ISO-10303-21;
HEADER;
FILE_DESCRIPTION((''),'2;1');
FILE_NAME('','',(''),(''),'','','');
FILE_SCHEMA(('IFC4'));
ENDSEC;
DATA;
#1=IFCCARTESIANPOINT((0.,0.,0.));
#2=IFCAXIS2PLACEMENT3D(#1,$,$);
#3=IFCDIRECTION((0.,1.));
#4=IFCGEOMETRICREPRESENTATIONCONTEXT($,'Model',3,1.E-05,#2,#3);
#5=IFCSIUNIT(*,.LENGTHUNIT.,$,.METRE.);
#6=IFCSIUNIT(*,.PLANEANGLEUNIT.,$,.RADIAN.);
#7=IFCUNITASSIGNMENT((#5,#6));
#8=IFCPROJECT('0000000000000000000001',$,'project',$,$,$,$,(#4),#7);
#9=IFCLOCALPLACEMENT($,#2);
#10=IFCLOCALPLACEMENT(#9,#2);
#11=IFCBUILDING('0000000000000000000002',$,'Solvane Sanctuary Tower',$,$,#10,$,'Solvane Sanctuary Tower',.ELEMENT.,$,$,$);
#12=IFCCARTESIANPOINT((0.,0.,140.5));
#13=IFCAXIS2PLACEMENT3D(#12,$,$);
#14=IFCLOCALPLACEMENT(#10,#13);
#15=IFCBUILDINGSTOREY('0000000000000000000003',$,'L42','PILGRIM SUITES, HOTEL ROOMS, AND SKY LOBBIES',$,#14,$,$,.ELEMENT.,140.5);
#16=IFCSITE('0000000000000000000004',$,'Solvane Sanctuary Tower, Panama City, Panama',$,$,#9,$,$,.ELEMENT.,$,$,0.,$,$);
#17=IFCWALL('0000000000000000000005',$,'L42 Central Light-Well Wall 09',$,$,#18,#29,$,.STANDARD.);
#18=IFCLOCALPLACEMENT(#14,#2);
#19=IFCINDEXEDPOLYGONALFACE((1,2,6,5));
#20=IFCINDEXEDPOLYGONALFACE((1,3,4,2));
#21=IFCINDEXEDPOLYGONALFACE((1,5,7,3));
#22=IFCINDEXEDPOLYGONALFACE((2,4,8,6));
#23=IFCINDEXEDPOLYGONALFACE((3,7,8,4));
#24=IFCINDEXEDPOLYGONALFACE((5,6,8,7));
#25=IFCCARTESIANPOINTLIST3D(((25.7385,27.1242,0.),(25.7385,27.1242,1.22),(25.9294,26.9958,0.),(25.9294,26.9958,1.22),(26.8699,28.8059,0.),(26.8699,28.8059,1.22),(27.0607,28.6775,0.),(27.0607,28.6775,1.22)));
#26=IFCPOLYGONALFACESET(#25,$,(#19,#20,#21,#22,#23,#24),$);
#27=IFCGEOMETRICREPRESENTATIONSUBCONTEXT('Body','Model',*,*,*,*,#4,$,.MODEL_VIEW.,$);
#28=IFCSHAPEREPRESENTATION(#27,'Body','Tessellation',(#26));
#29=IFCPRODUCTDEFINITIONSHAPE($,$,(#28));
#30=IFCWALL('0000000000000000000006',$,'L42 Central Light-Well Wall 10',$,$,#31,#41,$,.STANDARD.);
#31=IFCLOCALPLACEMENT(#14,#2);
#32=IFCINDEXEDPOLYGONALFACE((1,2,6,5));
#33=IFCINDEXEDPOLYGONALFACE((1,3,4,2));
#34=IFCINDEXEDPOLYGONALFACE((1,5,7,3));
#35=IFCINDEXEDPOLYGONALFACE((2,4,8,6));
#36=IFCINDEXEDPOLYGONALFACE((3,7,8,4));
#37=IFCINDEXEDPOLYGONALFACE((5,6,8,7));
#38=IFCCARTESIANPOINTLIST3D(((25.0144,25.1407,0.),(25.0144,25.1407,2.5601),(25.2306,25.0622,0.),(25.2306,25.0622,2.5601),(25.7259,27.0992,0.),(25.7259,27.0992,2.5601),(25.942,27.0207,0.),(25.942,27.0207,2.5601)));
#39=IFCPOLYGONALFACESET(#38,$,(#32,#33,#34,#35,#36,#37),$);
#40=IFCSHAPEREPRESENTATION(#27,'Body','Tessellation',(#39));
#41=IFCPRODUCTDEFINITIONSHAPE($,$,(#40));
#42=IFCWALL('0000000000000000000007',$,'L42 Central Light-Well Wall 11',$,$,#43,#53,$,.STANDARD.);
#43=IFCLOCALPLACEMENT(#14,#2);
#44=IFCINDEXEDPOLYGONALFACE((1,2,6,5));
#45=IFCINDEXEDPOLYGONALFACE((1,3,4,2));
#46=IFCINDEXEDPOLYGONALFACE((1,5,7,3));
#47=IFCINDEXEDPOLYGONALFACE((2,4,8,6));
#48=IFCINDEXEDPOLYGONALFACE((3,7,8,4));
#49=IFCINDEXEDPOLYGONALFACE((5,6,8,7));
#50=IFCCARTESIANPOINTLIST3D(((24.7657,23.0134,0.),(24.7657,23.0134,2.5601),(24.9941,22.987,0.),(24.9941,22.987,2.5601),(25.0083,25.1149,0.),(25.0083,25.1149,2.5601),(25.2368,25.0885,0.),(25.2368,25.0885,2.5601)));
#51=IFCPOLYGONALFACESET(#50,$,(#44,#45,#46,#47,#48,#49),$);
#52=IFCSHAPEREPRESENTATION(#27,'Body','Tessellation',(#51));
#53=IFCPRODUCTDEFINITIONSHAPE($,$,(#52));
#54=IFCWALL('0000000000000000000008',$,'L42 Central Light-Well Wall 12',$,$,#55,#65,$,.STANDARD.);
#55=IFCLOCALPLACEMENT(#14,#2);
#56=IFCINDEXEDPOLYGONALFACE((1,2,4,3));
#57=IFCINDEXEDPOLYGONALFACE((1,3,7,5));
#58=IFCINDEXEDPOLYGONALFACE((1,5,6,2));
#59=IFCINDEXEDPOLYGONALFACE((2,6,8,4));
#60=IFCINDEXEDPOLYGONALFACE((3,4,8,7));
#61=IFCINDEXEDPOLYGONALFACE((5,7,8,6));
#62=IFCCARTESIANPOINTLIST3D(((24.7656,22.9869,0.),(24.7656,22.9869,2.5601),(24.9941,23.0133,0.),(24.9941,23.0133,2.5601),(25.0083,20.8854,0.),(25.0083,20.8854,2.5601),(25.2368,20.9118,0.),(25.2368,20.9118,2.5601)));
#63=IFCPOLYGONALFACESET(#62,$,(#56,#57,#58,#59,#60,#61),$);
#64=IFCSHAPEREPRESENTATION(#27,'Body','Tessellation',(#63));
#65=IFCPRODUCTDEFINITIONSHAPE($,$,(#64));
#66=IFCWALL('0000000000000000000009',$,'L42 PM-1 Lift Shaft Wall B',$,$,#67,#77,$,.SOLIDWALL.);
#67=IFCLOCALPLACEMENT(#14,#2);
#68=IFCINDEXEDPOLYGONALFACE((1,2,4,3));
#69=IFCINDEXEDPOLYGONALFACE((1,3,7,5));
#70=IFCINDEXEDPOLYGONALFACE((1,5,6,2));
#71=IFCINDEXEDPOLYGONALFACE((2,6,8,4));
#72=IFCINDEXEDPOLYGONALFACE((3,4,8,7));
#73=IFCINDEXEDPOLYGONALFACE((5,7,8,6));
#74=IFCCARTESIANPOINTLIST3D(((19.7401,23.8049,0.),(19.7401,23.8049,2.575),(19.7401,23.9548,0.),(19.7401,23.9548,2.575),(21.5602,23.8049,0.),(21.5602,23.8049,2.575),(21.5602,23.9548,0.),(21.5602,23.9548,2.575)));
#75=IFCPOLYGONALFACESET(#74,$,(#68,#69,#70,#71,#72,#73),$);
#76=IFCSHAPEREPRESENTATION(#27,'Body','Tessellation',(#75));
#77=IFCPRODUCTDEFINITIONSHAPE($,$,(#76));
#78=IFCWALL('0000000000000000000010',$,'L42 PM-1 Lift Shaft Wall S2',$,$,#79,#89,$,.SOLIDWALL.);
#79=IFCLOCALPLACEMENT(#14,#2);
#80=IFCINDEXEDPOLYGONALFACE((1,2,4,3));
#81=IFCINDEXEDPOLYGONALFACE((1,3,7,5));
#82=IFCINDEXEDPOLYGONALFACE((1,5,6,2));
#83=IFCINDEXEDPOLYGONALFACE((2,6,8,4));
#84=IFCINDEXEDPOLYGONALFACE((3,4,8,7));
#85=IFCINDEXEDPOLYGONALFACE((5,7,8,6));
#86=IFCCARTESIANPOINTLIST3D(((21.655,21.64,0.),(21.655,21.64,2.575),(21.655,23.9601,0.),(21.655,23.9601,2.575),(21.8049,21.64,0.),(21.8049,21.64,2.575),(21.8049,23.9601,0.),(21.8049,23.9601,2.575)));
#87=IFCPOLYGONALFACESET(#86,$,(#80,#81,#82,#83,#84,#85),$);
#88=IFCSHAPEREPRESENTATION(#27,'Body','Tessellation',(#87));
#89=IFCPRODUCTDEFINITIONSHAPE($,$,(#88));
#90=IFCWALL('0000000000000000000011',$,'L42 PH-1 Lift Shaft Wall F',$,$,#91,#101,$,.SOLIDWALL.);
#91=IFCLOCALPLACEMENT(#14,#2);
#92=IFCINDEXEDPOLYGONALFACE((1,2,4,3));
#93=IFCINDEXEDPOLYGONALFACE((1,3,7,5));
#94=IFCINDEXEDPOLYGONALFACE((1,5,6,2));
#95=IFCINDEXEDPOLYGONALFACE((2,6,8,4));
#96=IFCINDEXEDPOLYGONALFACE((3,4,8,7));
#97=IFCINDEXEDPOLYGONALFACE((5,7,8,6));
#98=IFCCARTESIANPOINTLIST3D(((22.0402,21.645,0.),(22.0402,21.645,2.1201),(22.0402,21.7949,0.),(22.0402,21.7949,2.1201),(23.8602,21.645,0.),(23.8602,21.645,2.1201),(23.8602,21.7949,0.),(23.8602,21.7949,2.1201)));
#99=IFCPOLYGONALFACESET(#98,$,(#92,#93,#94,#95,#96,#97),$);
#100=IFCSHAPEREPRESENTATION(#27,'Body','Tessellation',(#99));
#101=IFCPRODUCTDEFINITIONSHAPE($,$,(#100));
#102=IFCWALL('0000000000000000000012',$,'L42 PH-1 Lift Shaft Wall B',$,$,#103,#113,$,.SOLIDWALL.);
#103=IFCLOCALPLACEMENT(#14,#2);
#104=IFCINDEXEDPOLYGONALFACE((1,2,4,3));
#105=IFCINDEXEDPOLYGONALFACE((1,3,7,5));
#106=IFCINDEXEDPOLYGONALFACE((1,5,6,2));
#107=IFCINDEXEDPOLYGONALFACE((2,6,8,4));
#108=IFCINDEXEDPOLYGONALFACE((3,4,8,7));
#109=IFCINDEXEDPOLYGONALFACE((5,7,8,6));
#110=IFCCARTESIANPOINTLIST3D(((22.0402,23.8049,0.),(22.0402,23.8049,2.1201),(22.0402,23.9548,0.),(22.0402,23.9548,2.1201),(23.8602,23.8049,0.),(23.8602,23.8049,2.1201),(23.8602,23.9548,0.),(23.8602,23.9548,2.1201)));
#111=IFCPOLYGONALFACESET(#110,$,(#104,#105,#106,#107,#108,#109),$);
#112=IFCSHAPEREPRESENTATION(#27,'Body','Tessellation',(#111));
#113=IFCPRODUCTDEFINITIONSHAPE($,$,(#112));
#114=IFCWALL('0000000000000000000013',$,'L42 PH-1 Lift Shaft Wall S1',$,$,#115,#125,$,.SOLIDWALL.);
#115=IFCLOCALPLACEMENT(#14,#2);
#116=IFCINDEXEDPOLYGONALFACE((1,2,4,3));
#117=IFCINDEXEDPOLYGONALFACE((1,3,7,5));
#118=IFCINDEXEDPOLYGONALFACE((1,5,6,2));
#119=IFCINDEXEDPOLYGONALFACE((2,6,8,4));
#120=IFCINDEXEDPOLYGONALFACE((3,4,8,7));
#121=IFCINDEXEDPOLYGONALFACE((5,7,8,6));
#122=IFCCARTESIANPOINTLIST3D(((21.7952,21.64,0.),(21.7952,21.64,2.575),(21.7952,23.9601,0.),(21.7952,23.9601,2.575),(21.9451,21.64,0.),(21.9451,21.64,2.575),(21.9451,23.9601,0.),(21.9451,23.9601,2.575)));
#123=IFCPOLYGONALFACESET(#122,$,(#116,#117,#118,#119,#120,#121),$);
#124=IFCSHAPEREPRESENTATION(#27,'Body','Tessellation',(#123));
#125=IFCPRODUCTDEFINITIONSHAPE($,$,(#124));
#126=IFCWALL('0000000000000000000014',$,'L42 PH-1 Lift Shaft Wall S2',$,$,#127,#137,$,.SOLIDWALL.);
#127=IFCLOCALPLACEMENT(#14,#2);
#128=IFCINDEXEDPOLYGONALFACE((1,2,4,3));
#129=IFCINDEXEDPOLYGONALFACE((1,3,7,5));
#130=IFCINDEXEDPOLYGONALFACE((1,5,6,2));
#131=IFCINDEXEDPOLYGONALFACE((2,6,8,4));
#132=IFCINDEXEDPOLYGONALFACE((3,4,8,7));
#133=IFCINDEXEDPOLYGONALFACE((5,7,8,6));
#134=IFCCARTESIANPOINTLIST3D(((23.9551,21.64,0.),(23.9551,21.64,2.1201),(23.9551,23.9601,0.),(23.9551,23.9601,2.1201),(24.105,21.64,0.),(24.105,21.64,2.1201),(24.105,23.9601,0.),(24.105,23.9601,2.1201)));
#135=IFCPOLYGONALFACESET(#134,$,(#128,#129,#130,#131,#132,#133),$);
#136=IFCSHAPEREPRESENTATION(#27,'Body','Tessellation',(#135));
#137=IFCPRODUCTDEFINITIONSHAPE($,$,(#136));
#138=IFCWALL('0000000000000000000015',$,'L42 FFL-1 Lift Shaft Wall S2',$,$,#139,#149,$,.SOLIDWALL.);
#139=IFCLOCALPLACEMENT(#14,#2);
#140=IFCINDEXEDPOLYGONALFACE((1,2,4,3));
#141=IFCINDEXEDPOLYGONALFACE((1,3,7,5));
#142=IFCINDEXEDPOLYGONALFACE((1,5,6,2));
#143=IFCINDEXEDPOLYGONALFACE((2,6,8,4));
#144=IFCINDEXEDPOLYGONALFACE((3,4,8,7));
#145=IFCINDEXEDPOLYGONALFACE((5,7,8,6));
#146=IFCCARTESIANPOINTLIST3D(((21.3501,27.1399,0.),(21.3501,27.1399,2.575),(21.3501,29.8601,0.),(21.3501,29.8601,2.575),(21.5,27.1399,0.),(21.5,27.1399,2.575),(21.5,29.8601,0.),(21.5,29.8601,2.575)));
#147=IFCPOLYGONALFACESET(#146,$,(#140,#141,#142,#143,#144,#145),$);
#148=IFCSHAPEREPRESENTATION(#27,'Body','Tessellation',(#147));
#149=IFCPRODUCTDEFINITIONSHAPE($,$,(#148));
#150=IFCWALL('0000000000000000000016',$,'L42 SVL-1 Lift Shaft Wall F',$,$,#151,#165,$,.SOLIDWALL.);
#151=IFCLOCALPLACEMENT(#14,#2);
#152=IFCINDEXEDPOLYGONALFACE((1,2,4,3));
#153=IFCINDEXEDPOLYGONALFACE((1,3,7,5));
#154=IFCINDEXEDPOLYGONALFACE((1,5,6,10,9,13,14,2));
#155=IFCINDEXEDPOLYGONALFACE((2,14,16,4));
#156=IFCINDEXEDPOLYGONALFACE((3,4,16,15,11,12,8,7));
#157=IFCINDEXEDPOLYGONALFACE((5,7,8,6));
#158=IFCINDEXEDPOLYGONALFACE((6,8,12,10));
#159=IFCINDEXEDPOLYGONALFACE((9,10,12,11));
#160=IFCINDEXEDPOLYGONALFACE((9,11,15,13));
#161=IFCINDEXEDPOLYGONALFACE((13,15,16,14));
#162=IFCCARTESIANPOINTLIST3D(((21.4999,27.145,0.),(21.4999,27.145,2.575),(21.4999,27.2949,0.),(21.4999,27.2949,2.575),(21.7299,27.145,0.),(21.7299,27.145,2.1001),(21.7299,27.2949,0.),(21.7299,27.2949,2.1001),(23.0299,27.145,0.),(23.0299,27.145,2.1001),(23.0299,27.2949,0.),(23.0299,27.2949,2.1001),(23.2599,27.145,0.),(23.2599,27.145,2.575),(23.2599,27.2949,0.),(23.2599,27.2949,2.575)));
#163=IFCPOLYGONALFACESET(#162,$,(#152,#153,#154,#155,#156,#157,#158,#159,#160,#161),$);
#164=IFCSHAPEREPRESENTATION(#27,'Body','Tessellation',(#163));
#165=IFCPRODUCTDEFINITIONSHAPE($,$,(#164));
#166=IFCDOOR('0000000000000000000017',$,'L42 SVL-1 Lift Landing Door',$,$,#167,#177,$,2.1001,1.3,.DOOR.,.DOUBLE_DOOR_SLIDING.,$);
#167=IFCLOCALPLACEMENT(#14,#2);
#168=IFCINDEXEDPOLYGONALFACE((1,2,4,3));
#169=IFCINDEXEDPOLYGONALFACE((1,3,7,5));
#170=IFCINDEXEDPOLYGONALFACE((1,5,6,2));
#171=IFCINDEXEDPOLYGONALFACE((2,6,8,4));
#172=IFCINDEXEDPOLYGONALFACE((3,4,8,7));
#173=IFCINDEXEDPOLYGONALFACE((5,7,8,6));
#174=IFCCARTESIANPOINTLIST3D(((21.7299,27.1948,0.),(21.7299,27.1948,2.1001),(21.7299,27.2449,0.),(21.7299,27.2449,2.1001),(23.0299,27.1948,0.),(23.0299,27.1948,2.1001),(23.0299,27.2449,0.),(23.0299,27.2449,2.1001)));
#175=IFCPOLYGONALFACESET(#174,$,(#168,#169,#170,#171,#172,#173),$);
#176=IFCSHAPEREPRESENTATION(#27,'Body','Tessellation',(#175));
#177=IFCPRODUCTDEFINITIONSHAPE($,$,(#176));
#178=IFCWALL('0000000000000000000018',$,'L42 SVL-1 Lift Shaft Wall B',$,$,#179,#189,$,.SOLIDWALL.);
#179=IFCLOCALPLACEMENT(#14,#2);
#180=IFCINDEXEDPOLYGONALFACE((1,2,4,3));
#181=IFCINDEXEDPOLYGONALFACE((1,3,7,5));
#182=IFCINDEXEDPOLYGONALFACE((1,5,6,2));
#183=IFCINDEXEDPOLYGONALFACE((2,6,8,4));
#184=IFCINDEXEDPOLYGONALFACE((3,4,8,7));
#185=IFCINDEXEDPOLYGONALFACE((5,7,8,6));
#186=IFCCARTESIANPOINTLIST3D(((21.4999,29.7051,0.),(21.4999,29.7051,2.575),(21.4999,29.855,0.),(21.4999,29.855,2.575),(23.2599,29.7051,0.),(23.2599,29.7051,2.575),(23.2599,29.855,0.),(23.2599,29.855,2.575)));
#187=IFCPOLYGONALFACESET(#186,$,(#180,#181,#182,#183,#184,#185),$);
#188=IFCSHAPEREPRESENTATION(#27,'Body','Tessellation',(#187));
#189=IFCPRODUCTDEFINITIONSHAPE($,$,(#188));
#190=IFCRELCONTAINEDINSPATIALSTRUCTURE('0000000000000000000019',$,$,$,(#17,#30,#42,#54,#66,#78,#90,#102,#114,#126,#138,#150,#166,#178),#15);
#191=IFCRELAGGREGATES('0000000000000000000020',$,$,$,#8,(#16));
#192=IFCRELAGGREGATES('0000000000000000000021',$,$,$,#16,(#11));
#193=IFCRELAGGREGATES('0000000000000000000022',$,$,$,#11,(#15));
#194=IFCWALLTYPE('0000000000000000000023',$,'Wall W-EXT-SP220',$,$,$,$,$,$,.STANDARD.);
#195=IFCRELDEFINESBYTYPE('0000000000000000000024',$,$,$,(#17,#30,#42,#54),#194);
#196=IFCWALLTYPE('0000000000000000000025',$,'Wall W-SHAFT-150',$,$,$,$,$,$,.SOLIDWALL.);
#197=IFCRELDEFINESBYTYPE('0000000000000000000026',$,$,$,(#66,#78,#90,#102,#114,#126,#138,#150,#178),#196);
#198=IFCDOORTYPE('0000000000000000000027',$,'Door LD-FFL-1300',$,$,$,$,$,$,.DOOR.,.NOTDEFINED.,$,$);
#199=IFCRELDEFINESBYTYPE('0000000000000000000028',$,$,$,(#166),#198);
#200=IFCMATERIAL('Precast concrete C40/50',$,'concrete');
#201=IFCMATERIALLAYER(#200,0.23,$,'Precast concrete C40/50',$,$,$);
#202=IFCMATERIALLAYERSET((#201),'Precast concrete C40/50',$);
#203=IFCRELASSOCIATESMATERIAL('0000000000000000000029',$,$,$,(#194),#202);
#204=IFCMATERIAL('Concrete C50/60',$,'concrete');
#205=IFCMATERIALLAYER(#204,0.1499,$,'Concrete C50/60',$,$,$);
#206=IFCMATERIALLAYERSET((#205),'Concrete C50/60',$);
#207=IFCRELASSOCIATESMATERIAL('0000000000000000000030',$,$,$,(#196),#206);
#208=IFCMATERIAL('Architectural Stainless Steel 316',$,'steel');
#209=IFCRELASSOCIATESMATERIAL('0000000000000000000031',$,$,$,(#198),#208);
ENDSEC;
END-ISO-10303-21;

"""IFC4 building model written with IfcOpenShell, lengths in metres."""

from ifc_helpers import new_model, si_unit, direction, frame, frame_2d, origin, place, context, subcontext, project, spatial, rectangle, extrude, material, layer, layer_set, type_object, element, fill, save


model = new_model("IFC4")

# Units and contexts
model_context = context("Model", 3, precision=1e-05, world=origin(), true_north=direction((0.0, 1.0)))
body_context = subcontext(model_context, "Body", "Model", "MODEL_VIEW")
ifc_project = project(units=[si_unit("LENGTHUNIT", "METRE"), si_unit("PLANEANGLEUNIT", "RADIAN")], contexts=[model_context])

# Site, building, storey
site_placement = place(None, origin())
site = spatial("IfcSite", under=ifc_project, at=site_placement, Name="Solvane Sanctuary Tower, Panama City, Panama", CompositionType="ELEMENT", RefElevation=0.0)
building_placement = place(site_placement, origin())
building = spatial("IfcBuilding", under=site, at=building_placement, Name="Solvane Sanctuary Tower", LongName="Solvane Sanctuary Tower", CompositionType="ELEMENT")
storey_placement = place(building_placement, frame((0.0, 0.0, 140.5)))
storey = spatial("IfcBuildingStorey", under=building, at=storey_placement, Name="L42", Description="PILGRIM SUITES, HOTEL ROOMS, AND SKY LOBBIES", CompositionType="ELEMENT", Elevation=140.5)

# Shared definitions
ifc_material_1 = material(Name="Concrete C50/60", Category="concrete")

# Shared definitions
ifc_material_2 = material(Name="Architectural Stainless Steel 316", Category="steel")

# Walls
ifc_material_3 = material(Name="Precast concrete C40/50", Category="concrete")
ifc_layer_1 = layer(ifc_material_3, 0.23, Name="Precast concrete C40/50")
ifc_layer_set_1 = layer_set([ifc_layer_1], Name="Precast concrete C40/50")
wall_type_1 = type_object("IfcWallType", Name="Wall W-EXT-SP220", PredefinedType="STANDARD", material=ifc_layer_set_1)
wall_1_placement = place(storey_placement, frame((26.9653, 28.7417, 0.0), z_axis=(0.0, 0.0, 1.0), x_axis=(-0.558198, -0.829708, 0.0)))
element("IfcWall", 1, at=wall_1_placement, inside=storey, type_object=wall_type_1, Name="L42 Central Light-Well Wall 09", PredefinedType="STANDARD", context=body_context, shape_type="SweptSolid", body=[
    extrude(rectangle(XDim=2.0269, YDim=0.23, at=frame_2d((1.0134, 0.0))), origin(), (0.0, 0.0, 1.0), 1.22),
])
wall_2_placement = place(storey_placement, frame((25.834, 27.0601, 0.0), z_axis=(0.0, 0.0, 1.0), x_axis=(-0.341423, -0.93991, 0.0)))
element("IfcWall", 2, at=wall_2_placement, inside=storey, type_object=wall_type_1, Name="L42 Central Light-Well Wall 10", PredefinedType="STANDARD", context=body_context, shape_type="SweptSolid", body=[
    extrude(rectangle(XDim=2.0837, YDim=0.23, at=frame_2d((1.042, 0.0))), origin(), (0.0, 0.0, 1.0), 2.5601),
])
for number, where, z_axis, x_axis, name in (
    (3, (25.1226, 25.1016, 0.0), (0.0, 0.0, 1.0), (-0.114712, -0.993399, 0.0), "L42 Central Light-Well Wall 11"),
    (4, (24.8799, 23.0, 0.0), (0.0, 0.0, 1.0), (0.114712, -0.993399, 0.0), "L42 Central Light-Well Wall 12"),
):
    element("IfcWall", number, at=place(storey_placement, frame(where, z_axis=z_axis, x_axis=x_axis)), inside=storey, type_object=wall_type_1, Name=name, PredefinedType="STANDARD", context=body_context, shape_type="SweptSolid", body=[
        extrude(rectangle(XDim=2.1155, YDim=0.23, at=frame_2d((1.0576, 0.0))), origin(), (0.0, 0.0, 1.0), 2.5601),
    ])
ifc_layer_2 = layer(ifc_material_1, 0.1499, Name="Concrete C50/60")
ifc_layer_set_2 = layer_set([ifc_layer_2], Name="Concrete C50/60")
wall_type_2 = type_object("IfcWallType", Name="Wall W-SHAFT-150", PredefinedType="SOLIDWALL", material=ifc_layer_set_2)
wall_3_placement = place(storey_placement, frame((19.74, 23.8799, 0.0), z_axis=(0.0, 0.0, 1.0), x_axis=(1.0, 0.0, 0.0)))
element("IfcWall", 5, at=wall_3_placement, inside=storey, type_object=wall_type_2, Name="L42 PM-1 Lift Shaft Wall B", PredefinedType="SOLIDWALL", context=body_context, shape_type="SweptSolid", body=[
    extrude(rectangle(XDim=1.8201, YDim=0.1499, at=frame_2d((0.9102, 0.0))), origin(), (0.0, 0.0, 1.0), 2.575),
])
wall_4_placement = place(storey_placement, frame((21.73, 21.6399, 0.0), z_axis=(0.0, 0.0, 1.0), x_axis=(0.0, 1.0, 0.0)))
element("IfcWall", 6, at=wall_4_placement, inside=storey, type_object=wall_type_2, Name="L42 PM-1 Lift Shaft Wall S2", PredefinedType="SOLIDWALL", context=body_context, shape_type="SweptSolid", body=[
    extrude(rectangle(XDim=2.3201, YDim=0.1499, at=frame_2d((1.1602, 0.0))), origin(), (0.0, 0.0, 1.0), 2.575),
])
for number, where, z_axis, x_axis, name in (
    (7, (22.04, 21.72, 0.0), (0.0, 0.0, 1.0), (1.0, 0.0, 0.0), "L42 PH-1 Lift Shaft Wall F"),
    (8, (22.04, 23.8799, 0.0), (0.0, 0.0, 1.0), (1.0, 0.0, 0.0), "L42 PH-1 Lift Shaft Wall B"),
):
    element("IfcWall", number, at=place(storey_placement, frame(where, z_axis=z_axis, x_axis=x_axis)), inside=storey, type_object=wall_type_2, Name=name, PredefinedType="SOLIDWALL", context=body_context, shape_type="SweptSolid", body=[
        extrude(rectangle(XDim=1.8201, YDim=0.1499, at=frame_2d((0.9102, 0.0))), origin(), (0.0, 0.0, 1.0), 2.1201),
    ])
wall_5_placement = place(storey_placement, frame((21.8701, 21.6399, 0.0), z_axis=(0.0, 0.0, 1.0), x_axis=(0.0, 1.0, 0.0)))
element("IfcWall", 9, at=wall_5_placement, inside=storey, type_object=wall_type_2, Name="L42 PH-1 Lift Shaft Wall S1", PredefinedType="SOLIDWALL", context=body_context, shape_type="SweptSolid", body=[
    extrude(rectangle(XDim=2.3201, YDim=0.1499, at=frame_2d((1.1602, 0.0))), origin(), (0.0, 0.0, 1.0), 2.575),
])
wall_6_placement = place(storey_placement, frame((24.03, 21.6399, 0.0), z_axis=(0.0, 0.0, 1.0), x_axis=(0.0, 1.0, 0.0)))
element("IfcWall", 10, at=wall_6_placement, inside=storey, type_object=wall_type_2, Name="L42 PH-1 Lift Shaft Wall S2", PredefinedType="SOLIDWALL", context=body_context, shape_type="SweptSolid", body=[
    extrude(rectangle(XDim=2.3201, YDim=0.1499, at=frame_2d((1.1602, 0.0))), origin(), (0.0, 0.0, 1.0), 2.1201),
])
wall_7_placement = place(storey_placement, frame((21.425, 27.1399, 0.0), z_axis=(0.0, 0.0, 1.0), x_axis=(0.0, 1.0, 0.0)))
element("IfcWall", 11, at=wall_7_placement, inside=storey, type_object=wall_type_2, Name="L42 FFL-1 Lift Shaft Wall S2", PredefinedType="SOLIDWALL", context=body_context, shape_type="SweptSolid", body=[
    extrude(rectangle(XDim=2.7202, YDim=0.1499, at=frame_2d((1.3601, 0.0))), origin(), (0.0, 0.0, 1.0), 2.575),
])

# Wall, opening, door
wall_8_placement = place(storey_placement, frame((21.5, 27.22, 0.0), z_axis=(0.0, 0.0, 1.0), x_axis=(1.0, 0.0, 0.0)))
wall_8 = element("IfcWall", 12, at=wall_8_placement, inside=storey, type_object=wall_type_2, Name="L42 SVL-1 Lift Shaft Wall F", PredefinedType="SOLIDWALL", context=body_context, shape_type="SweptSolid", body=[
    extrude(rectangle(XDim=1.76, YDim=0.1499, at=frame_2d((0.8799, 0.0))), origin(), (0.0, 0.0, 1.0), 2.575),
])
opening_1_placement = place(wall_8_placement, frame((0.23, 0.0, 0.0)))
opening_1 = element("IfcOpeningElement", 13, at=opening_1_placement, cuts=wall_8, PredefinedType="OPENING", context=body_context, shape_type="SweptSolid", body=[
    extrude(rectangle(XDim=1.3, YDim=2.1001, at=frame_2d((0.6499, 1.05))), frame((0.0, 0.085, 0.0), z_axis=(0.0, -1.0, 0.0), x_axis=(1.0, 0.0, 0.0)), (0.0, 0.0, 1.0), 0.1699),
])
door_type_1 = type_object("IfcDoorType", Name="Door LD-FFL-1300", OperationType="NOTDEFINED", PredefinedType="DOOR", material=ifc_material_2)
door_1_placement = place(opening_1_placement, origin())
door_1 = element("IfcDoor", 14, at=door_1_placement, inside=storey, type_object=door_type_1, Name="L42 SVL-1 Lift Landing Door", OperationType="DOUBLE_DOOR_SLIDING", OverallHeight=2.1001, OverallWidth=1.3, PredefinedType="DOOR", context=body_context, shape_type="SweptSolid", body=[
    extrude(rectangle(XDim=1.3, YDim=2.1001, at=frame_2d((0.6499, 1.05))), frame((0.0, 0.0249, 0.0), z_axis=(0.0, -1.0, 0.0), x_axis=(1.0, 0.0, 0.0)), (0.0, 0.0, 1.0), 0.05),
])
fill(opening_1, door_1)

# Wall
wall_9_placement = place(storey_placement, frame((21.5, 29.78, 0.0), z_axis=(0.0, 0.0, 1.0), x_axis=(1.0, 0.0, 0.0)))
element("IfcWall", 15, at=wall_9_placement, inside=storey, type_object=wall_type_2, Name="L42 SVL-1 Lift Shaft Wall B", PredefinedType="SOLIDWALL", context=body_context, shape_type="SweptSolid", body=[
    extrude(rectangle(XDim=1.76, YDim=0.1499, at=frame_2d((0.8799, 0.0))), origin(), (0.0, 0.0, 1.0), 2.575),
])

save(model, "model.ifc")
